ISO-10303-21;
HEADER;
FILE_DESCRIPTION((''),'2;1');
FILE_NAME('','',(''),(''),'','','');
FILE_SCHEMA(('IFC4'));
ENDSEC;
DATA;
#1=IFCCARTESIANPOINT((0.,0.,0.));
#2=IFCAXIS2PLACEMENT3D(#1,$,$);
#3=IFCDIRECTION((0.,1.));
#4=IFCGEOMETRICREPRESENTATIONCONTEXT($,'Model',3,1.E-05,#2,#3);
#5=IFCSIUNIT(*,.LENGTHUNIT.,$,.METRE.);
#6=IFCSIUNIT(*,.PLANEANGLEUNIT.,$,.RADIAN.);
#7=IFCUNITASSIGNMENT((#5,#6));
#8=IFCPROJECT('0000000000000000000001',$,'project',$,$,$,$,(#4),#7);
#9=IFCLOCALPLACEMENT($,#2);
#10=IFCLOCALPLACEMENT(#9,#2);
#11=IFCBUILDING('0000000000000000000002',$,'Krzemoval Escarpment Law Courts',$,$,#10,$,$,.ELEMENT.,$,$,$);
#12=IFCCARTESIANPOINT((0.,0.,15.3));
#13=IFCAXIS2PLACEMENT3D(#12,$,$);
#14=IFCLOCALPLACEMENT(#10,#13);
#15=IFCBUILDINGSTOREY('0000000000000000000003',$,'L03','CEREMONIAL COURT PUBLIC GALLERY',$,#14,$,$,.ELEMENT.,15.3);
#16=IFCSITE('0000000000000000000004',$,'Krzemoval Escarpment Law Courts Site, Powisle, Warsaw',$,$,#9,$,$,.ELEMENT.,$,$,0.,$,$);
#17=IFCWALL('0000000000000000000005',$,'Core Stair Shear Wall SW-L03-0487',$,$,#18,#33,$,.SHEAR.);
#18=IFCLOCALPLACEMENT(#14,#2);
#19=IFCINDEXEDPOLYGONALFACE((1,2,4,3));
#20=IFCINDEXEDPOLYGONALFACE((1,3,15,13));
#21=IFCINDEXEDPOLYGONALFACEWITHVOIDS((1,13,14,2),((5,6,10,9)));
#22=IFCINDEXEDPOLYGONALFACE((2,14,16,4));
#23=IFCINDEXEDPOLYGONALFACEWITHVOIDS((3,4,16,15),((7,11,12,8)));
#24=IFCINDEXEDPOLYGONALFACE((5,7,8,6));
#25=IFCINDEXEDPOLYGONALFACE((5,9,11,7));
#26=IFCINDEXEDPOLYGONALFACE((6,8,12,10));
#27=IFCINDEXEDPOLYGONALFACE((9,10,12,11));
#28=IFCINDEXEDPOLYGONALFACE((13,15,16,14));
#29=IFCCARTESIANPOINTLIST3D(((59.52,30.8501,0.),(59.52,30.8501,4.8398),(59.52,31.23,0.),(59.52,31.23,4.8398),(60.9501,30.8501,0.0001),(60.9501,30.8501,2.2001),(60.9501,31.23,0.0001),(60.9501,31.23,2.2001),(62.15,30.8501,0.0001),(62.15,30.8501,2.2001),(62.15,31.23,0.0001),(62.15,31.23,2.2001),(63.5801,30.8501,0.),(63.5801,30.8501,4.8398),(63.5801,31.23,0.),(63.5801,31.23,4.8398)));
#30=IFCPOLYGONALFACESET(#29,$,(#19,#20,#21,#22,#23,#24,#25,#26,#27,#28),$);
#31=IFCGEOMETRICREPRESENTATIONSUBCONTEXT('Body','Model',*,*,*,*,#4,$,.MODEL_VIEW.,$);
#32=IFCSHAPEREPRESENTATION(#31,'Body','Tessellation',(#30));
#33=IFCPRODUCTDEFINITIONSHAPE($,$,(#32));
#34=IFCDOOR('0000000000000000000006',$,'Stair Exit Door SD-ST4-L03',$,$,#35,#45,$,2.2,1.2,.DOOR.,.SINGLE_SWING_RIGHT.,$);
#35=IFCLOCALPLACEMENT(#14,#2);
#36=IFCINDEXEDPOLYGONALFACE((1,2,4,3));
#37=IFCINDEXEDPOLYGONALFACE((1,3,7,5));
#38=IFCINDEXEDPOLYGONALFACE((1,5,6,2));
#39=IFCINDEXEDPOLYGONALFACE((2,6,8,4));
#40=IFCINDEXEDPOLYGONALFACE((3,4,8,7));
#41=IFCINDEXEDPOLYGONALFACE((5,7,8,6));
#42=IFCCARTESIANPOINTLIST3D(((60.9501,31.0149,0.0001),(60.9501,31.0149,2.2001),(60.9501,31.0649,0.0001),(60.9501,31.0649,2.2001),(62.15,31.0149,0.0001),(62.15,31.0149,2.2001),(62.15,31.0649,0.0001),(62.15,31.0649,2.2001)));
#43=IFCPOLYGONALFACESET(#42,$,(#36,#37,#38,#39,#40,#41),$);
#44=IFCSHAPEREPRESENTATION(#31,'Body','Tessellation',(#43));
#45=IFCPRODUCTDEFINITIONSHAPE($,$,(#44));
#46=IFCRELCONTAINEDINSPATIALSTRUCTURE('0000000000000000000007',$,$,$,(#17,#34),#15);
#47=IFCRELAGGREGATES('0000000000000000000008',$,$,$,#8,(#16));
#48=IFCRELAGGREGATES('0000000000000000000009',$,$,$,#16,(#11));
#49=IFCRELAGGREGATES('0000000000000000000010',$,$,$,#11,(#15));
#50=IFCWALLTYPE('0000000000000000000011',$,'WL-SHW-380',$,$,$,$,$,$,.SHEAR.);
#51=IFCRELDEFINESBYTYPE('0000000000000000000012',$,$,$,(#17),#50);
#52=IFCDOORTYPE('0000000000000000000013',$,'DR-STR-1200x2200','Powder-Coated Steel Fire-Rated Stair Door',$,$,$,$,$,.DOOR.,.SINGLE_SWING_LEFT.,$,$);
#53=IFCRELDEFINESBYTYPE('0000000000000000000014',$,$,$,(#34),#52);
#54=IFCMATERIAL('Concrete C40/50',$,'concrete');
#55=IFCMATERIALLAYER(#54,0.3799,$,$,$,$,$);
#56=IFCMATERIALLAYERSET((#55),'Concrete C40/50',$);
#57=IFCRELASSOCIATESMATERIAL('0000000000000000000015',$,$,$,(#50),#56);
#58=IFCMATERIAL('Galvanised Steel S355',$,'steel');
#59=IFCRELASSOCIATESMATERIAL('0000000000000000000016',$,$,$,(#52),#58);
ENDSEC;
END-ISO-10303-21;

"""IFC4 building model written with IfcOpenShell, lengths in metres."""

from ifc_helpers import new_model, si_unit, direction, frame, frame_2d, origin, place, context, subcontext, project, spatial, rectangle, extrude, material, layer, layer_set, type_object, element, fill, save


model = new_model("IFC4")

# Units and contexts
model_context = context("Model", 3, precision=1e-05, world=origin(), true_north=direction((0.0, 1.0)))
body_context = subcontext(model_context, "Body", "Model", "MODEL_VIEW")
ifc_project = project(units=[si_unit("LENGTHUNIT", "METRE"), si_unit("PLANEANGLEUNIT", "RADIAN")], contexts=[model_context])

# Site, building, storey
site_placement = place(None, origin())
site = spatial("IfcSite", under=ifc_project, at=site_placement, Name="Krzemoval Escarpment Law Courts Site, Powisle, Warsaw", CompositionType="ELEMENT", RefElevation=0.0)
building_placement = place(site_placement, origin())
building = spatial("IfcBuilding", under=site, at=building_placement, Name="Krzemoval Escarpment Law Courts", CompositionType="ELEMENT")
storey_placement = place(building_placement, frame((0.0, 0.0, 15.3)))
storey = spatial("IfcBuildingStorey", under=building, at=storey_placement, Name="L03", Description="CEREMONIAL COURT PUBLIC GALLERY", CompositionType="ELEMENT", Elevation=15.3)

# Wall, opening, door
ifc_material_1 = material(Name="Concrete C40/50", Category="concrete")
ifc_layer_1 = layer(ifc_material_1, 0.3799)
ifc_layer_set_1 = layer_set([ifc_layer_1], Name="Concrete C40/50")
wall_type_1 = type_object("IfcWallType", Name="WL-SHW-380", PredefinedType="SHEAR", material=ifc_layer_set_1)
wall_1_placement = place(storey_placement, frame((59.52, 31.04, 0.0), z_axis=(0.0, 0.0, 1.0), x_axis=(1.0, 0.0, 0.0)))
wall_1 = element("IfcWall", 1, at=wall_1_placement, inside=storey, type_object=wall_type_1, Name="Core Stair Shear Wall SW-L03-0487", PredefinedType="SHEAR", context=body_context, shape_type="SweptSolid", body=[
    extrude(rectangle(XDim=4.0601, YDim=0.3799, at=frame_2d((2.03, 0.0))), origin(), (0.0, 0.0, 1.0), 4.8398),
])
opening_1_placement = place(wall_1_placement, frame((1.4299, 0.0, 0.0)))
opening_1 = element("IfcOpeningElement", 2, at=opening_1_placement, cuts=wall_1, PredefinedType="OPENING", context=body_context, shape_type="SweptSolid", body=[
    extrude(rectangle(XDim=1.2, YDim=2.2, at=frame_2d((0.6001, 1.1001))), frame((0.0, 0.2049, 0.0), z_axis=(0.0, -1.0, 0.0), x_axis=(1.0, 0.0, 0.0)), (0.0, 0.0, 1.0), 0.4099),
])
ifc_material_2 = material(Name="Galvanised Steel S355", Category="steel")
door_type = type_object("IfcDoorType", Name="DR-STR-1200x2200", Description="Powder-Coated Steel Fire-Rated Stair Door", OperationType="SINGLE_SWING_LEFT", PredefinedType="DOOR", material=ifc_material_2)
door_placement = place(opening_1_placement, origin())
door = element("IfcDoor", 3, at=door_placement, inside=storey, type_object=door_type, Name="Stair Exit Door SD-ST4-L03", OperationType="SINGLE_SWING_RIGHT", OverallHeight=2.2, OverallWidth=1.2, PredefinedType="DOOR", context=body_context, shape_type="SweptSolid", body=[
    extrude(rectangle(XDim=1.2, YDim=2.2, at=frame_2d((0.6001, 1.1001))), frame((0.0, 0.0249, 0.0), z_axis=(0.0, -1.0, 0.0), x_axis=(1.0, 0.0, 0.0)), (0.0, 0.0, 1.0), 0.05),
])
fill(opening_1, door)

save(model, "model.ifc")
